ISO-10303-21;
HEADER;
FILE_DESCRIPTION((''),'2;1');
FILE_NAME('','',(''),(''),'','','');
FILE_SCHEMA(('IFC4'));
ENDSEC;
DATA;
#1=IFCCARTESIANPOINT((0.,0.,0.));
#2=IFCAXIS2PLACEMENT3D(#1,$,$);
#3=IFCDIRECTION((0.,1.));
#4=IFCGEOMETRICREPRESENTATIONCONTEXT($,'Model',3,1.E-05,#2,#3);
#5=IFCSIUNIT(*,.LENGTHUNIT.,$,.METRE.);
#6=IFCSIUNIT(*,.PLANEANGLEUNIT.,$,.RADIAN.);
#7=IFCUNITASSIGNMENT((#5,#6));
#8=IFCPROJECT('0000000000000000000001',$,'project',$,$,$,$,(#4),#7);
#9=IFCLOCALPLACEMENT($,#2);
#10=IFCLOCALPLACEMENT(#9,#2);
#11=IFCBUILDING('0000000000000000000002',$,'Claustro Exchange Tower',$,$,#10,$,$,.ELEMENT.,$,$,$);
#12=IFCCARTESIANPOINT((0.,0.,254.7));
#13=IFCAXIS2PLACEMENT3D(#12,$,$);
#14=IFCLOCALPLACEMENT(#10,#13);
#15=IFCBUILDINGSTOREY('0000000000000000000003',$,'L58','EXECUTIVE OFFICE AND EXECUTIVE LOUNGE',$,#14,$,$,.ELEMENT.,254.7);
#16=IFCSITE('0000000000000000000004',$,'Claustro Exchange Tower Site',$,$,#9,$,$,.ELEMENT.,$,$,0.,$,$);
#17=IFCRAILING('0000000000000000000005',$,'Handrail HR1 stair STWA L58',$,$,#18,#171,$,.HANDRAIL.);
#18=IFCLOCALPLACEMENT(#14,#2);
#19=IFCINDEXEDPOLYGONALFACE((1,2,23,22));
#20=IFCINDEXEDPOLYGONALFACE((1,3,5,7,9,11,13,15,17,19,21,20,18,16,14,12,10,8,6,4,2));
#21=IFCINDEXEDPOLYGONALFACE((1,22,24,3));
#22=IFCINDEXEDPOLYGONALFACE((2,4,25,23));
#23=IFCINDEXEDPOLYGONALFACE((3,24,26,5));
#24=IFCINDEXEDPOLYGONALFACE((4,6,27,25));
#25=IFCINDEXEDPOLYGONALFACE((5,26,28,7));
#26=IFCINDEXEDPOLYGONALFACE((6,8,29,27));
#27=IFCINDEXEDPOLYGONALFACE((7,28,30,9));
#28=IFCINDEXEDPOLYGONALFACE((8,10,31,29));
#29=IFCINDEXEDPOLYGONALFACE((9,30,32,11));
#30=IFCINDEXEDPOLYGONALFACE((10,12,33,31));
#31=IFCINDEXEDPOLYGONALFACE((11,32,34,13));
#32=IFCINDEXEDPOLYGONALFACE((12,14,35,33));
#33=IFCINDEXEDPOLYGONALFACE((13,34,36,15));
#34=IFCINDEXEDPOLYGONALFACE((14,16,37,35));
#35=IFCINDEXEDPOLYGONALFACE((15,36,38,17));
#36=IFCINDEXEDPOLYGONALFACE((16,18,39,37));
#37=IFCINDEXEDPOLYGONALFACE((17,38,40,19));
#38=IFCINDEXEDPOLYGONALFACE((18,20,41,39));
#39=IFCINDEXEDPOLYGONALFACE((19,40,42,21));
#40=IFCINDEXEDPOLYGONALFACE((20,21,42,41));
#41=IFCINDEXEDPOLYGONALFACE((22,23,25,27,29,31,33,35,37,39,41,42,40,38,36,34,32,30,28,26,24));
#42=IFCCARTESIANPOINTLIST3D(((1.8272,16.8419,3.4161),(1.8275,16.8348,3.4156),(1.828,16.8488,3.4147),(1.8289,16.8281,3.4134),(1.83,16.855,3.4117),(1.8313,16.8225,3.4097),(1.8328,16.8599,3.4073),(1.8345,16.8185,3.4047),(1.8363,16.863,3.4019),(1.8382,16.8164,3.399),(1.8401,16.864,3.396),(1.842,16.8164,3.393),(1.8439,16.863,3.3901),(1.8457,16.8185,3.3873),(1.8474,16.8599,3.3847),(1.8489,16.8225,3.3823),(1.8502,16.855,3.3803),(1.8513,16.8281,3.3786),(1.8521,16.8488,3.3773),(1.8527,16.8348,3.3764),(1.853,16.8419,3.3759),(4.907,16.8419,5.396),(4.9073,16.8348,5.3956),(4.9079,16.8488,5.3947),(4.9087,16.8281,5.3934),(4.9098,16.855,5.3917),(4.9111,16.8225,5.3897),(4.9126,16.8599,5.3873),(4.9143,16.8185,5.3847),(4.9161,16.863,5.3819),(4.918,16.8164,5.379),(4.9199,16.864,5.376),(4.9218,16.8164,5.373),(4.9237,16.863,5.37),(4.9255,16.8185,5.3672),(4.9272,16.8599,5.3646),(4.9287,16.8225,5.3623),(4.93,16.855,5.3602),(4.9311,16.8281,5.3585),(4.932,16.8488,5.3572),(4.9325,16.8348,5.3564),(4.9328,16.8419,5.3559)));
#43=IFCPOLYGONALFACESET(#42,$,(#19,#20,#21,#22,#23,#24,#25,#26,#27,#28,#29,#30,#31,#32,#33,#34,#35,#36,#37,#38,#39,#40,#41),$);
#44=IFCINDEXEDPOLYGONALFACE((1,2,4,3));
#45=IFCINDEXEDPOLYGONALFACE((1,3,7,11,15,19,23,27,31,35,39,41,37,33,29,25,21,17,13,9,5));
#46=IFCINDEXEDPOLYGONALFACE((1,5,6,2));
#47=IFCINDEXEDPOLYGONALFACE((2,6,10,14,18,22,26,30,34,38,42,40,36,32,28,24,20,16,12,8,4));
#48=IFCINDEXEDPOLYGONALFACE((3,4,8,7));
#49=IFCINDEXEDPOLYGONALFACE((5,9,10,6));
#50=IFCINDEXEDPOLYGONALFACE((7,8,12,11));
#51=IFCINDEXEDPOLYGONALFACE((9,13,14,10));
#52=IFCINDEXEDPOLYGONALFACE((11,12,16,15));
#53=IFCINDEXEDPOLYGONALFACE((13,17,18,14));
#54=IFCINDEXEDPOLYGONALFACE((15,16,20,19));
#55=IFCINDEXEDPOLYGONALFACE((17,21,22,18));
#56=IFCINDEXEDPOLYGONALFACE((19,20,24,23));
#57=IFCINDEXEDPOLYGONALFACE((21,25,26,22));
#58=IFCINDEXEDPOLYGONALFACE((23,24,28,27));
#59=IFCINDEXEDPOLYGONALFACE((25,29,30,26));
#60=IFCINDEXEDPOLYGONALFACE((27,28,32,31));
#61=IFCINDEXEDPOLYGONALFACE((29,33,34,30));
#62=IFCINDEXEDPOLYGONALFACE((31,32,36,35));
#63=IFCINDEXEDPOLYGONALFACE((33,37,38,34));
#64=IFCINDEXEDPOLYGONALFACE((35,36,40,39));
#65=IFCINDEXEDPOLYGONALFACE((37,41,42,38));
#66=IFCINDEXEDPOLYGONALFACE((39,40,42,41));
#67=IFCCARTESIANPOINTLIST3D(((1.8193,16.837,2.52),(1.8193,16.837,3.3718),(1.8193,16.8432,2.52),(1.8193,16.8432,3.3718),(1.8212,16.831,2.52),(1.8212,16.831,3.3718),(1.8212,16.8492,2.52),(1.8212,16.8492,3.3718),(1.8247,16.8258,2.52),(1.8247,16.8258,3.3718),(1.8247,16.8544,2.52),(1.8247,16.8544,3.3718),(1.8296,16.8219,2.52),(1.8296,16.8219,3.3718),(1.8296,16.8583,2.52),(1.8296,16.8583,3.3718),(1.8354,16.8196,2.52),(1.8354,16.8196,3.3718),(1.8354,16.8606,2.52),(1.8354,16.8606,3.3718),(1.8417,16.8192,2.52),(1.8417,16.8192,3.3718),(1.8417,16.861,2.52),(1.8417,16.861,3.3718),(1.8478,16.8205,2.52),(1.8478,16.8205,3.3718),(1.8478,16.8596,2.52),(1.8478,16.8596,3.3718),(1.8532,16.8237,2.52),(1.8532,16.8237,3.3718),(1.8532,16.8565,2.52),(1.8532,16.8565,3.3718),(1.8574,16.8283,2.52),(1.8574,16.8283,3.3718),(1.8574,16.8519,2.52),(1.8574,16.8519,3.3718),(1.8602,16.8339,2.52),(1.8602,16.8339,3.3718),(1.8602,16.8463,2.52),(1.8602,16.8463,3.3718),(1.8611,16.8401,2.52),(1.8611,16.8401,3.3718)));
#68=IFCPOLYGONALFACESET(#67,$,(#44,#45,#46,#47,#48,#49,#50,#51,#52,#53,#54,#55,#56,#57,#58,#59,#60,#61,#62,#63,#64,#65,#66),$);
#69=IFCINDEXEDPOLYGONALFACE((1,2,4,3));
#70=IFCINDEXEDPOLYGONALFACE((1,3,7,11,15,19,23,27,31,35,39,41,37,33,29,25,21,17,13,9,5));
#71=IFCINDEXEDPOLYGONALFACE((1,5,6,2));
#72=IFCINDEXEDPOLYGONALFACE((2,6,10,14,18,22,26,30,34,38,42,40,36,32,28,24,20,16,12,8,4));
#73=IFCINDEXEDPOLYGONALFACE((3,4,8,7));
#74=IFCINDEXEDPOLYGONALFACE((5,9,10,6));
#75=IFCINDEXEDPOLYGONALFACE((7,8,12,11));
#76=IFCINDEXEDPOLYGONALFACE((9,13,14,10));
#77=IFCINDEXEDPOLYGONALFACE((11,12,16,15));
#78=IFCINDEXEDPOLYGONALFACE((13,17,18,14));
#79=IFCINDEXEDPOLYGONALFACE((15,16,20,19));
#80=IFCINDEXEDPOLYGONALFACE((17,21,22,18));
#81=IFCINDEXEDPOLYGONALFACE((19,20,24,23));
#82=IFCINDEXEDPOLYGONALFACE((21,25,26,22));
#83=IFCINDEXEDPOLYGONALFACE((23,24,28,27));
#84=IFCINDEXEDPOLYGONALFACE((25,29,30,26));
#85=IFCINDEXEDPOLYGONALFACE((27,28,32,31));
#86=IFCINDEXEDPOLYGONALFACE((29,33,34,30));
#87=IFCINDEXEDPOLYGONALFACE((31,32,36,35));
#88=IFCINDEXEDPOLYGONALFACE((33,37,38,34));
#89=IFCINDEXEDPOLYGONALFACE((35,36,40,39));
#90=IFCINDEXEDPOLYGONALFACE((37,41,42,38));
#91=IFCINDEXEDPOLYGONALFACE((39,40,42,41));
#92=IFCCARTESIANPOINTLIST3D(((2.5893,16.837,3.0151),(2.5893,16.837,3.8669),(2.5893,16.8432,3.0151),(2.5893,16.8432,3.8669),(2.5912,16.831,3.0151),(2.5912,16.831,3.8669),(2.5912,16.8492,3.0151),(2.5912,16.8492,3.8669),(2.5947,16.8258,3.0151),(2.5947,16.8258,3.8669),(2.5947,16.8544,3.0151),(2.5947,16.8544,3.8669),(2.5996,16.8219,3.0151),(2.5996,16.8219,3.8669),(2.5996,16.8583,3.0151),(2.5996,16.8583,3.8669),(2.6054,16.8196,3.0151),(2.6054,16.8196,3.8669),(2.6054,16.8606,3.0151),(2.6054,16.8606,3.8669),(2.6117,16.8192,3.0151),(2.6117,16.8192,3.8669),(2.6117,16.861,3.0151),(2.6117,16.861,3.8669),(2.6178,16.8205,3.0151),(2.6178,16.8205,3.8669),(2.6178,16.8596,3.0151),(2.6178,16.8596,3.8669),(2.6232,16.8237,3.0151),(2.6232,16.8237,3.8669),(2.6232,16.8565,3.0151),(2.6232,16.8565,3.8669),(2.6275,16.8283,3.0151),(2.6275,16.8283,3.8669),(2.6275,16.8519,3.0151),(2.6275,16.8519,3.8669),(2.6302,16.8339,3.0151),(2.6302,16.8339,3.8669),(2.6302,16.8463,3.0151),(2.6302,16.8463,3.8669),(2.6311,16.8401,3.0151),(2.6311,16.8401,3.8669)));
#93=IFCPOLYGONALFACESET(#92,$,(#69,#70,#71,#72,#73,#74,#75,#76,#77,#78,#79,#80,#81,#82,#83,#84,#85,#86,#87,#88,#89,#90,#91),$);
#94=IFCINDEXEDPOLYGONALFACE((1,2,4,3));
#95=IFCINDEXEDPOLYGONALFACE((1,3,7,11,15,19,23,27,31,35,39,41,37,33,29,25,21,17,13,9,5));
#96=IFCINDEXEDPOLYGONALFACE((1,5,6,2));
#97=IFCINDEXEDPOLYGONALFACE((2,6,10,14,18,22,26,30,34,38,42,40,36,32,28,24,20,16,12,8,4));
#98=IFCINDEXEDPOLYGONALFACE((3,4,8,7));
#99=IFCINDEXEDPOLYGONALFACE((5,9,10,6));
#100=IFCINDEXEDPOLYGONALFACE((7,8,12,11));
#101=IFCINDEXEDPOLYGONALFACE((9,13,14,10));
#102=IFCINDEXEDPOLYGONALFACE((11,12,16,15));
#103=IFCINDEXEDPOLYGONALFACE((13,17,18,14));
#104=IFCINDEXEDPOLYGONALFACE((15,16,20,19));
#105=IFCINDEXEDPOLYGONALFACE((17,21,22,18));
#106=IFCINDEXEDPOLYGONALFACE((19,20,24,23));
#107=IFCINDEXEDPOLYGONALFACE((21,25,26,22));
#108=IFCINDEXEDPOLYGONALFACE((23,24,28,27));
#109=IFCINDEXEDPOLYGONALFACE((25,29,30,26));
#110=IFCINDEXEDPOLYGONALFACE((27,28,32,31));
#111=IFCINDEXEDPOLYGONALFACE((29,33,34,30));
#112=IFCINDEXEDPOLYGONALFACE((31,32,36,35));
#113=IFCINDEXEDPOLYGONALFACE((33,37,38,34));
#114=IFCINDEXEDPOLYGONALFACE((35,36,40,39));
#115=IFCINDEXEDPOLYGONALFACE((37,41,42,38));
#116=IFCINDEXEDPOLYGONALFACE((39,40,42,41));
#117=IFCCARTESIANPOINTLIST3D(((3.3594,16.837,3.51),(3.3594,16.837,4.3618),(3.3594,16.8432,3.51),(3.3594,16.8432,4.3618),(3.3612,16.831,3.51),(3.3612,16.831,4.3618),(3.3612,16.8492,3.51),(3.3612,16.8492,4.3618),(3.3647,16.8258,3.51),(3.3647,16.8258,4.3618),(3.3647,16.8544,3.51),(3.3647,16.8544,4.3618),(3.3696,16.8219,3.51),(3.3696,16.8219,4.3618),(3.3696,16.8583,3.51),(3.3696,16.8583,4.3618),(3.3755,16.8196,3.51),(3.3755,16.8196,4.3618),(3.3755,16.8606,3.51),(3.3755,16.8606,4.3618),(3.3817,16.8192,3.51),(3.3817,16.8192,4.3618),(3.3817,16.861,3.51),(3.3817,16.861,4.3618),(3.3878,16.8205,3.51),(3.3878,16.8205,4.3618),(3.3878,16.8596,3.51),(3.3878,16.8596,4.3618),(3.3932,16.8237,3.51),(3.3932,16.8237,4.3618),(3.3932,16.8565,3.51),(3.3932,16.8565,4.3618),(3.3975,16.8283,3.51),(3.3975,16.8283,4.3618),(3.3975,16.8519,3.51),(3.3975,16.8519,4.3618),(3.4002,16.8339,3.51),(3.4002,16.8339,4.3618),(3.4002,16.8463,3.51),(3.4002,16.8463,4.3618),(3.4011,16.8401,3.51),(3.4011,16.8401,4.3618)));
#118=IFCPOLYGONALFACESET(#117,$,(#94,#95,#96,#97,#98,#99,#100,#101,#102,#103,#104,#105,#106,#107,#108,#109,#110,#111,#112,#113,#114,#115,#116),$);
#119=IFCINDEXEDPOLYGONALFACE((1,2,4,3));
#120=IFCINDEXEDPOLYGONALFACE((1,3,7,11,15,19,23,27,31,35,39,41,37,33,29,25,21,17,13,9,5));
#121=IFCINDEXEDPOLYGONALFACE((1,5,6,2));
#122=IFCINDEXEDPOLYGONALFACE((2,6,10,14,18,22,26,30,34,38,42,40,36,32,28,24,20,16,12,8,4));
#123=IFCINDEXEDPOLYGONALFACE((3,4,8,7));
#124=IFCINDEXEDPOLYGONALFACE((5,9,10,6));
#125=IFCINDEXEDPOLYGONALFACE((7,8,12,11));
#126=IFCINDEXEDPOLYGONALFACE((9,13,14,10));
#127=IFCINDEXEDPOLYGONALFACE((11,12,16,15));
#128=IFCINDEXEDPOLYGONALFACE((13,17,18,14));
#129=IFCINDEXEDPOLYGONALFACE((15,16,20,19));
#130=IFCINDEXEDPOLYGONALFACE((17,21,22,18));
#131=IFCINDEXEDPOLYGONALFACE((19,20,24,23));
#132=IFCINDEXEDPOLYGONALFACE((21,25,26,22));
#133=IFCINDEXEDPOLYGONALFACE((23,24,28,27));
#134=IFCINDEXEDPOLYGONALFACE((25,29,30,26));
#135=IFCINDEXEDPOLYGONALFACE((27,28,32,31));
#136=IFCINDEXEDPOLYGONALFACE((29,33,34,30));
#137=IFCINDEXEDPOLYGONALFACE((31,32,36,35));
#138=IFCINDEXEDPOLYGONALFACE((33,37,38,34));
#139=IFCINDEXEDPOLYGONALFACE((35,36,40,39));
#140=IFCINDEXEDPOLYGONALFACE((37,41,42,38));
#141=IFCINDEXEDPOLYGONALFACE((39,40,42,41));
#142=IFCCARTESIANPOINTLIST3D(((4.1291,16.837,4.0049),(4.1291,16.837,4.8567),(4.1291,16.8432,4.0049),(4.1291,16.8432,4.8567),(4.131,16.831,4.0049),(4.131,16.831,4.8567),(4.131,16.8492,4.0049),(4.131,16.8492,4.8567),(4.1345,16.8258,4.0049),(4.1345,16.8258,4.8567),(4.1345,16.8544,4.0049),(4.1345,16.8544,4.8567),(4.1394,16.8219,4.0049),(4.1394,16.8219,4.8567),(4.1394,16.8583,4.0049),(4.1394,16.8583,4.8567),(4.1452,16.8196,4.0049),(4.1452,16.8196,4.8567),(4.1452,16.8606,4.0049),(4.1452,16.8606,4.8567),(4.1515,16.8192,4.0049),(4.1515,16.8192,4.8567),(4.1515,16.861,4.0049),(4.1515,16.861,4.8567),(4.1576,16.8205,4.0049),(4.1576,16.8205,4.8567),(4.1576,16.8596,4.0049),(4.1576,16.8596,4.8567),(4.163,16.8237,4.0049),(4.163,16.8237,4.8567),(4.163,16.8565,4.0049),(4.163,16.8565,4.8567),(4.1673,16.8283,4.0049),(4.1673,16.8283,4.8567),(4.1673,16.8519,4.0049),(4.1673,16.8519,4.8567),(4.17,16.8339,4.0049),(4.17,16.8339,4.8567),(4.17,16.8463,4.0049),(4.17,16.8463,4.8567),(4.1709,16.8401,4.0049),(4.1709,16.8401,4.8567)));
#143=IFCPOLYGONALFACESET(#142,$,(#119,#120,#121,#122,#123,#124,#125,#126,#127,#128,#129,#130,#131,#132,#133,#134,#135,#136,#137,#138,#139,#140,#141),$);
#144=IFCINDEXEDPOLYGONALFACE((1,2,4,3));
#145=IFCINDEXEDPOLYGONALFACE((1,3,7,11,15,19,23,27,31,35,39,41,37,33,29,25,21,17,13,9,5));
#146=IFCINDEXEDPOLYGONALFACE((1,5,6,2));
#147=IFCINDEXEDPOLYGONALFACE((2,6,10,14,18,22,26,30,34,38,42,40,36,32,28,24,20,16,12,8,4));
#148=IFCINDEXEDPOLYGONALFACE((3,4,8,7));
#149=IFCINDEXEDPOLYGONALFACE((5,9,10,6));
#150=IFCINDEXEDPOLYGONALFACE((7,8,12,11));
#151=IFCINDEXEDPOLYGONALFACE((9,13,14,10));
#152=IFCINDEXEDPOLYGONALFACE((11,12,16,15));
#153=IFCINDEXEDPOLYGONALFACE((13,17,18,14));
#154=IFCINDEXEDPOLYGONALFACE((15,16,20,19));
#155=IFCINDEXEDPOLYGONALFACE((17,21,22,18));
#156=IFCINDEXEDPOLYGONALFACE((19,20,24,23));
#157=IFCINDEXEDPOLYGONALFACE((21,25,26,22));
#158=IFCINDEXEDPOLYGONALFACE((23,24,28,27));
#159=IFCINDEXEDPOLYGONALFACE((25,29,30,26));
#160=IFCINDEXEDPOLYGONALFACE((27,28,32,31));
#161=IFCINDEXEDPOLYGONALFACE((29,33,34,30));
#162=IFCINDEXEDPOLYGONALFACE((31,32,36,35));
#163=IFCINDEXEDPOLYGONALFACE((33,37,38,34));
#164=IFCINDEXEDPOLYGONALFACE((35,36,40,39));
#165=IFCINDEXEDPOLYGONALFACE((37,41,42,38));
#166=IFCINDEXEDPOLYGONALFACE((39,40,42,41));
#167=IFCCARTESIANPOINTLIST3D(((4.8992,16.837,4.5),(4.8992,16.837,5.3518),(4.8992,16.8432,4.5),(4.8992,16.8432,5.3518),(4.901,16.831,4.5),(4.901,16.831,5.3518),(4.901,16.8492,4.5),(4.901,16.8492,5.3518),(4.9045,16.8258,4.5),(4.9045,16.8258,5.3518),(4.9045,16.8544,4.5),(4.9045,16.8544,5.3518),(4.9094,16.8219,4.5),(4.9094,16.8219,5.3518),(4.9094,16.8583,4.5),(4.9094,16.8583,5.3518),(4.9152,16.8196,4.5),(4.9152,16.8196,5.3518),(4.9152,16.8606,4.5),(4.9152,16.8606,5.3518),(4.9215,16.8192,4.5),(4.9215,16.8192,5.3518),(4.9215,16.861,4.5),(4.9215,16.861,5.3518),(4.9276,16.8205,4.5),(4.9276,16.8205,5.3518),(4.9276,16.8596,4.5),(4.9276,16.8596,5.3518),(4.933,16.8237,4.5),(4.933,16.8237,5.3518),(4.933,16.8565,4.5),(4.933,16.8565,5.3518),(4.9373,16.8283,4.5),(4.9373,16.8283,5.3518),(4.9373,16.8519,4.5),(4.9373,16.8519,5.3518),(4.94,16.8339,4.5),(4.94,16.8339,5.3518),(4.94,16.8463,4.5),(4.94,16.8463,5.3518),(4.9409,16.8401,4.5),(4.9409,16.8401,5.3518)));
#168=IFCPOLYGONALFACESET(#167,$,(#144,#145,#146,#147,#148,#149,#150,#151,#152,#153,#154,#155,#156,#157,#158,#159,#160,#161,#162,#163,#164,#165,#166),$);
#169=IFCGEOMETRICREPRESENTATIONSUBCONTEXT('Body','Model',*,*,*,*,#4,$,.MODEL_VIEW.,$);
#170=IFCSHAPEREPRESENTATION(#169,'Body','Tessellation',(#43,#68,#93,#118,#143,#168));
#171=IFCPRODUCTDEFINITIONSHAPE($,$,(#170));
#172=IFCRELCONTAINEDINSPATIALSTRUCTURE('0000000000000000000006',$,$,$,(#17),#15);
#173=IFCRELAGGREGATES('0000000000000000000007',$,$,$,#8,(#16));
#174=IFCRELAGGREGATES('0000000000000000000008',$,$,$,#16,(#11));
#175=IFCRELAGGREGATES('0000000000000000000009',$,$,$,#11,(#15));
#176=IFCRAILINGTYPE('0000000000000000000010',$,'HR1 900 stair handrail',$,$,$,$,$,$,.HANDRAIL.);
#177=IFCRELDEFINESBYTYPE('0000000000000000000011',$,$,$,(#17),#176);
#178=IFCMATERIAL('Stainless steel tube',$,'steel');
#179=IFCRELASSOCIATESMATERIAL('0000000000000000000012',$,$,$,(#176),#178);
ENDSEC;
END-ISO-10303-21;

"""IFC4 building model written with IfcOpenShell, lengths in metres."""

from ifc_helpers import new_model, si_unit, direction, frame, origin, origin_2d, place, context, subcontext, project, spatial, circle, extrude, material, type_object, element, save


model = new_model("IFC4")

# Units and contexts
model_context = context("Model", 3, precision=1e-05, world=origin(), true_north=direction((0.0, 1.0)))
body_context = subcontext(model_context, "Body", "Model", "MODEL_VIEW")
ifc_project = project(units=[si_unit("LENGTHUNIT", "METRE"), si_unit("PLANEANGLEUNIT", "RADIAN")], contexts=[model_context])

# Site, building, storey
site_placement = place(None, origin())
site = spatial("IfcSite", under=ifc_project, at=site_placement, Name="Claustro Exchange Tower Site", CompositionType="ELEMENT", RefElevation=0.0)
building_placement = place(site_placement, origin())
building = spatial("IfcBuilding", under=site, at=building_placement, Name="Claustro Exchange Tower", CompositionType="ELEMENT")
storey_placement = place(building_placement, frame((0.0, 0.0, 254.7)))
storey = spatial("IfcBuildingStorey", under=building, at=storey_placement, Name="L58", Description="EXECUTIVE OFFICE AND EXECUTIVE LOUNGE", CompositionType="ELEMENT", Elevation=254.7)

# Railing
ifc_material_1 = material(Name="Stainless steel tube", Category="steel")
railing_type = type_object("IfcRailingType", Name="HR1 900 stair handrail", PredefinedType="HANDRAIL", material=ifc_material_1)
railing_placement = place(storey_placement, frame((1.8401, 16.8401, 2.52)))
element("IfcRailing", 1, at=railing_placement, inside=storey, type_object=railing_type, Name="Handrail HR1 stair STWA L58", PredefinedType="HANDRAIL", context=body_context, shape_type="SweptSolid", body=[
    extrude(circle(Radius=0.0239, at=origin_2d()), frame((0.0, 0.0, 0.876), z_axis=(0.841168, 0.0, 0.540774), x_axis=(0.0, 1.0, 0.0)), (0.0, 0.0, 1.0), 3.6614),
    extrude(circle(Radius=0.021, at=origin_2d()), origin(), (0.0, 0.0, 1.0), 0.8518),
    extrude(circle(Radius=0.021, at=origin_2d()), frame((0.77, 0.0, 0.4951)), (0.0, 0.0, 1.0), 0.8518),
    extrude(circle(Radius=0.021, at=origin_2d()), frame((1.54, 0.0, 0.99)), (0.0, 0.0, 1.0), 0.8518),
    extrude(circle(Radius=0.021, at=origin_2d()), frame((2.3098, 0.0, 1.4849)), (0.0, 0.0, 1.0), 0.8518),
    extrude(circle(Radius=0.021, at=origin_2d()), frame((3.0798, 0.0, 1.98)), (0.0, 0.0, 1.0), 0.8518),
])

save(model, "model.ifc")
